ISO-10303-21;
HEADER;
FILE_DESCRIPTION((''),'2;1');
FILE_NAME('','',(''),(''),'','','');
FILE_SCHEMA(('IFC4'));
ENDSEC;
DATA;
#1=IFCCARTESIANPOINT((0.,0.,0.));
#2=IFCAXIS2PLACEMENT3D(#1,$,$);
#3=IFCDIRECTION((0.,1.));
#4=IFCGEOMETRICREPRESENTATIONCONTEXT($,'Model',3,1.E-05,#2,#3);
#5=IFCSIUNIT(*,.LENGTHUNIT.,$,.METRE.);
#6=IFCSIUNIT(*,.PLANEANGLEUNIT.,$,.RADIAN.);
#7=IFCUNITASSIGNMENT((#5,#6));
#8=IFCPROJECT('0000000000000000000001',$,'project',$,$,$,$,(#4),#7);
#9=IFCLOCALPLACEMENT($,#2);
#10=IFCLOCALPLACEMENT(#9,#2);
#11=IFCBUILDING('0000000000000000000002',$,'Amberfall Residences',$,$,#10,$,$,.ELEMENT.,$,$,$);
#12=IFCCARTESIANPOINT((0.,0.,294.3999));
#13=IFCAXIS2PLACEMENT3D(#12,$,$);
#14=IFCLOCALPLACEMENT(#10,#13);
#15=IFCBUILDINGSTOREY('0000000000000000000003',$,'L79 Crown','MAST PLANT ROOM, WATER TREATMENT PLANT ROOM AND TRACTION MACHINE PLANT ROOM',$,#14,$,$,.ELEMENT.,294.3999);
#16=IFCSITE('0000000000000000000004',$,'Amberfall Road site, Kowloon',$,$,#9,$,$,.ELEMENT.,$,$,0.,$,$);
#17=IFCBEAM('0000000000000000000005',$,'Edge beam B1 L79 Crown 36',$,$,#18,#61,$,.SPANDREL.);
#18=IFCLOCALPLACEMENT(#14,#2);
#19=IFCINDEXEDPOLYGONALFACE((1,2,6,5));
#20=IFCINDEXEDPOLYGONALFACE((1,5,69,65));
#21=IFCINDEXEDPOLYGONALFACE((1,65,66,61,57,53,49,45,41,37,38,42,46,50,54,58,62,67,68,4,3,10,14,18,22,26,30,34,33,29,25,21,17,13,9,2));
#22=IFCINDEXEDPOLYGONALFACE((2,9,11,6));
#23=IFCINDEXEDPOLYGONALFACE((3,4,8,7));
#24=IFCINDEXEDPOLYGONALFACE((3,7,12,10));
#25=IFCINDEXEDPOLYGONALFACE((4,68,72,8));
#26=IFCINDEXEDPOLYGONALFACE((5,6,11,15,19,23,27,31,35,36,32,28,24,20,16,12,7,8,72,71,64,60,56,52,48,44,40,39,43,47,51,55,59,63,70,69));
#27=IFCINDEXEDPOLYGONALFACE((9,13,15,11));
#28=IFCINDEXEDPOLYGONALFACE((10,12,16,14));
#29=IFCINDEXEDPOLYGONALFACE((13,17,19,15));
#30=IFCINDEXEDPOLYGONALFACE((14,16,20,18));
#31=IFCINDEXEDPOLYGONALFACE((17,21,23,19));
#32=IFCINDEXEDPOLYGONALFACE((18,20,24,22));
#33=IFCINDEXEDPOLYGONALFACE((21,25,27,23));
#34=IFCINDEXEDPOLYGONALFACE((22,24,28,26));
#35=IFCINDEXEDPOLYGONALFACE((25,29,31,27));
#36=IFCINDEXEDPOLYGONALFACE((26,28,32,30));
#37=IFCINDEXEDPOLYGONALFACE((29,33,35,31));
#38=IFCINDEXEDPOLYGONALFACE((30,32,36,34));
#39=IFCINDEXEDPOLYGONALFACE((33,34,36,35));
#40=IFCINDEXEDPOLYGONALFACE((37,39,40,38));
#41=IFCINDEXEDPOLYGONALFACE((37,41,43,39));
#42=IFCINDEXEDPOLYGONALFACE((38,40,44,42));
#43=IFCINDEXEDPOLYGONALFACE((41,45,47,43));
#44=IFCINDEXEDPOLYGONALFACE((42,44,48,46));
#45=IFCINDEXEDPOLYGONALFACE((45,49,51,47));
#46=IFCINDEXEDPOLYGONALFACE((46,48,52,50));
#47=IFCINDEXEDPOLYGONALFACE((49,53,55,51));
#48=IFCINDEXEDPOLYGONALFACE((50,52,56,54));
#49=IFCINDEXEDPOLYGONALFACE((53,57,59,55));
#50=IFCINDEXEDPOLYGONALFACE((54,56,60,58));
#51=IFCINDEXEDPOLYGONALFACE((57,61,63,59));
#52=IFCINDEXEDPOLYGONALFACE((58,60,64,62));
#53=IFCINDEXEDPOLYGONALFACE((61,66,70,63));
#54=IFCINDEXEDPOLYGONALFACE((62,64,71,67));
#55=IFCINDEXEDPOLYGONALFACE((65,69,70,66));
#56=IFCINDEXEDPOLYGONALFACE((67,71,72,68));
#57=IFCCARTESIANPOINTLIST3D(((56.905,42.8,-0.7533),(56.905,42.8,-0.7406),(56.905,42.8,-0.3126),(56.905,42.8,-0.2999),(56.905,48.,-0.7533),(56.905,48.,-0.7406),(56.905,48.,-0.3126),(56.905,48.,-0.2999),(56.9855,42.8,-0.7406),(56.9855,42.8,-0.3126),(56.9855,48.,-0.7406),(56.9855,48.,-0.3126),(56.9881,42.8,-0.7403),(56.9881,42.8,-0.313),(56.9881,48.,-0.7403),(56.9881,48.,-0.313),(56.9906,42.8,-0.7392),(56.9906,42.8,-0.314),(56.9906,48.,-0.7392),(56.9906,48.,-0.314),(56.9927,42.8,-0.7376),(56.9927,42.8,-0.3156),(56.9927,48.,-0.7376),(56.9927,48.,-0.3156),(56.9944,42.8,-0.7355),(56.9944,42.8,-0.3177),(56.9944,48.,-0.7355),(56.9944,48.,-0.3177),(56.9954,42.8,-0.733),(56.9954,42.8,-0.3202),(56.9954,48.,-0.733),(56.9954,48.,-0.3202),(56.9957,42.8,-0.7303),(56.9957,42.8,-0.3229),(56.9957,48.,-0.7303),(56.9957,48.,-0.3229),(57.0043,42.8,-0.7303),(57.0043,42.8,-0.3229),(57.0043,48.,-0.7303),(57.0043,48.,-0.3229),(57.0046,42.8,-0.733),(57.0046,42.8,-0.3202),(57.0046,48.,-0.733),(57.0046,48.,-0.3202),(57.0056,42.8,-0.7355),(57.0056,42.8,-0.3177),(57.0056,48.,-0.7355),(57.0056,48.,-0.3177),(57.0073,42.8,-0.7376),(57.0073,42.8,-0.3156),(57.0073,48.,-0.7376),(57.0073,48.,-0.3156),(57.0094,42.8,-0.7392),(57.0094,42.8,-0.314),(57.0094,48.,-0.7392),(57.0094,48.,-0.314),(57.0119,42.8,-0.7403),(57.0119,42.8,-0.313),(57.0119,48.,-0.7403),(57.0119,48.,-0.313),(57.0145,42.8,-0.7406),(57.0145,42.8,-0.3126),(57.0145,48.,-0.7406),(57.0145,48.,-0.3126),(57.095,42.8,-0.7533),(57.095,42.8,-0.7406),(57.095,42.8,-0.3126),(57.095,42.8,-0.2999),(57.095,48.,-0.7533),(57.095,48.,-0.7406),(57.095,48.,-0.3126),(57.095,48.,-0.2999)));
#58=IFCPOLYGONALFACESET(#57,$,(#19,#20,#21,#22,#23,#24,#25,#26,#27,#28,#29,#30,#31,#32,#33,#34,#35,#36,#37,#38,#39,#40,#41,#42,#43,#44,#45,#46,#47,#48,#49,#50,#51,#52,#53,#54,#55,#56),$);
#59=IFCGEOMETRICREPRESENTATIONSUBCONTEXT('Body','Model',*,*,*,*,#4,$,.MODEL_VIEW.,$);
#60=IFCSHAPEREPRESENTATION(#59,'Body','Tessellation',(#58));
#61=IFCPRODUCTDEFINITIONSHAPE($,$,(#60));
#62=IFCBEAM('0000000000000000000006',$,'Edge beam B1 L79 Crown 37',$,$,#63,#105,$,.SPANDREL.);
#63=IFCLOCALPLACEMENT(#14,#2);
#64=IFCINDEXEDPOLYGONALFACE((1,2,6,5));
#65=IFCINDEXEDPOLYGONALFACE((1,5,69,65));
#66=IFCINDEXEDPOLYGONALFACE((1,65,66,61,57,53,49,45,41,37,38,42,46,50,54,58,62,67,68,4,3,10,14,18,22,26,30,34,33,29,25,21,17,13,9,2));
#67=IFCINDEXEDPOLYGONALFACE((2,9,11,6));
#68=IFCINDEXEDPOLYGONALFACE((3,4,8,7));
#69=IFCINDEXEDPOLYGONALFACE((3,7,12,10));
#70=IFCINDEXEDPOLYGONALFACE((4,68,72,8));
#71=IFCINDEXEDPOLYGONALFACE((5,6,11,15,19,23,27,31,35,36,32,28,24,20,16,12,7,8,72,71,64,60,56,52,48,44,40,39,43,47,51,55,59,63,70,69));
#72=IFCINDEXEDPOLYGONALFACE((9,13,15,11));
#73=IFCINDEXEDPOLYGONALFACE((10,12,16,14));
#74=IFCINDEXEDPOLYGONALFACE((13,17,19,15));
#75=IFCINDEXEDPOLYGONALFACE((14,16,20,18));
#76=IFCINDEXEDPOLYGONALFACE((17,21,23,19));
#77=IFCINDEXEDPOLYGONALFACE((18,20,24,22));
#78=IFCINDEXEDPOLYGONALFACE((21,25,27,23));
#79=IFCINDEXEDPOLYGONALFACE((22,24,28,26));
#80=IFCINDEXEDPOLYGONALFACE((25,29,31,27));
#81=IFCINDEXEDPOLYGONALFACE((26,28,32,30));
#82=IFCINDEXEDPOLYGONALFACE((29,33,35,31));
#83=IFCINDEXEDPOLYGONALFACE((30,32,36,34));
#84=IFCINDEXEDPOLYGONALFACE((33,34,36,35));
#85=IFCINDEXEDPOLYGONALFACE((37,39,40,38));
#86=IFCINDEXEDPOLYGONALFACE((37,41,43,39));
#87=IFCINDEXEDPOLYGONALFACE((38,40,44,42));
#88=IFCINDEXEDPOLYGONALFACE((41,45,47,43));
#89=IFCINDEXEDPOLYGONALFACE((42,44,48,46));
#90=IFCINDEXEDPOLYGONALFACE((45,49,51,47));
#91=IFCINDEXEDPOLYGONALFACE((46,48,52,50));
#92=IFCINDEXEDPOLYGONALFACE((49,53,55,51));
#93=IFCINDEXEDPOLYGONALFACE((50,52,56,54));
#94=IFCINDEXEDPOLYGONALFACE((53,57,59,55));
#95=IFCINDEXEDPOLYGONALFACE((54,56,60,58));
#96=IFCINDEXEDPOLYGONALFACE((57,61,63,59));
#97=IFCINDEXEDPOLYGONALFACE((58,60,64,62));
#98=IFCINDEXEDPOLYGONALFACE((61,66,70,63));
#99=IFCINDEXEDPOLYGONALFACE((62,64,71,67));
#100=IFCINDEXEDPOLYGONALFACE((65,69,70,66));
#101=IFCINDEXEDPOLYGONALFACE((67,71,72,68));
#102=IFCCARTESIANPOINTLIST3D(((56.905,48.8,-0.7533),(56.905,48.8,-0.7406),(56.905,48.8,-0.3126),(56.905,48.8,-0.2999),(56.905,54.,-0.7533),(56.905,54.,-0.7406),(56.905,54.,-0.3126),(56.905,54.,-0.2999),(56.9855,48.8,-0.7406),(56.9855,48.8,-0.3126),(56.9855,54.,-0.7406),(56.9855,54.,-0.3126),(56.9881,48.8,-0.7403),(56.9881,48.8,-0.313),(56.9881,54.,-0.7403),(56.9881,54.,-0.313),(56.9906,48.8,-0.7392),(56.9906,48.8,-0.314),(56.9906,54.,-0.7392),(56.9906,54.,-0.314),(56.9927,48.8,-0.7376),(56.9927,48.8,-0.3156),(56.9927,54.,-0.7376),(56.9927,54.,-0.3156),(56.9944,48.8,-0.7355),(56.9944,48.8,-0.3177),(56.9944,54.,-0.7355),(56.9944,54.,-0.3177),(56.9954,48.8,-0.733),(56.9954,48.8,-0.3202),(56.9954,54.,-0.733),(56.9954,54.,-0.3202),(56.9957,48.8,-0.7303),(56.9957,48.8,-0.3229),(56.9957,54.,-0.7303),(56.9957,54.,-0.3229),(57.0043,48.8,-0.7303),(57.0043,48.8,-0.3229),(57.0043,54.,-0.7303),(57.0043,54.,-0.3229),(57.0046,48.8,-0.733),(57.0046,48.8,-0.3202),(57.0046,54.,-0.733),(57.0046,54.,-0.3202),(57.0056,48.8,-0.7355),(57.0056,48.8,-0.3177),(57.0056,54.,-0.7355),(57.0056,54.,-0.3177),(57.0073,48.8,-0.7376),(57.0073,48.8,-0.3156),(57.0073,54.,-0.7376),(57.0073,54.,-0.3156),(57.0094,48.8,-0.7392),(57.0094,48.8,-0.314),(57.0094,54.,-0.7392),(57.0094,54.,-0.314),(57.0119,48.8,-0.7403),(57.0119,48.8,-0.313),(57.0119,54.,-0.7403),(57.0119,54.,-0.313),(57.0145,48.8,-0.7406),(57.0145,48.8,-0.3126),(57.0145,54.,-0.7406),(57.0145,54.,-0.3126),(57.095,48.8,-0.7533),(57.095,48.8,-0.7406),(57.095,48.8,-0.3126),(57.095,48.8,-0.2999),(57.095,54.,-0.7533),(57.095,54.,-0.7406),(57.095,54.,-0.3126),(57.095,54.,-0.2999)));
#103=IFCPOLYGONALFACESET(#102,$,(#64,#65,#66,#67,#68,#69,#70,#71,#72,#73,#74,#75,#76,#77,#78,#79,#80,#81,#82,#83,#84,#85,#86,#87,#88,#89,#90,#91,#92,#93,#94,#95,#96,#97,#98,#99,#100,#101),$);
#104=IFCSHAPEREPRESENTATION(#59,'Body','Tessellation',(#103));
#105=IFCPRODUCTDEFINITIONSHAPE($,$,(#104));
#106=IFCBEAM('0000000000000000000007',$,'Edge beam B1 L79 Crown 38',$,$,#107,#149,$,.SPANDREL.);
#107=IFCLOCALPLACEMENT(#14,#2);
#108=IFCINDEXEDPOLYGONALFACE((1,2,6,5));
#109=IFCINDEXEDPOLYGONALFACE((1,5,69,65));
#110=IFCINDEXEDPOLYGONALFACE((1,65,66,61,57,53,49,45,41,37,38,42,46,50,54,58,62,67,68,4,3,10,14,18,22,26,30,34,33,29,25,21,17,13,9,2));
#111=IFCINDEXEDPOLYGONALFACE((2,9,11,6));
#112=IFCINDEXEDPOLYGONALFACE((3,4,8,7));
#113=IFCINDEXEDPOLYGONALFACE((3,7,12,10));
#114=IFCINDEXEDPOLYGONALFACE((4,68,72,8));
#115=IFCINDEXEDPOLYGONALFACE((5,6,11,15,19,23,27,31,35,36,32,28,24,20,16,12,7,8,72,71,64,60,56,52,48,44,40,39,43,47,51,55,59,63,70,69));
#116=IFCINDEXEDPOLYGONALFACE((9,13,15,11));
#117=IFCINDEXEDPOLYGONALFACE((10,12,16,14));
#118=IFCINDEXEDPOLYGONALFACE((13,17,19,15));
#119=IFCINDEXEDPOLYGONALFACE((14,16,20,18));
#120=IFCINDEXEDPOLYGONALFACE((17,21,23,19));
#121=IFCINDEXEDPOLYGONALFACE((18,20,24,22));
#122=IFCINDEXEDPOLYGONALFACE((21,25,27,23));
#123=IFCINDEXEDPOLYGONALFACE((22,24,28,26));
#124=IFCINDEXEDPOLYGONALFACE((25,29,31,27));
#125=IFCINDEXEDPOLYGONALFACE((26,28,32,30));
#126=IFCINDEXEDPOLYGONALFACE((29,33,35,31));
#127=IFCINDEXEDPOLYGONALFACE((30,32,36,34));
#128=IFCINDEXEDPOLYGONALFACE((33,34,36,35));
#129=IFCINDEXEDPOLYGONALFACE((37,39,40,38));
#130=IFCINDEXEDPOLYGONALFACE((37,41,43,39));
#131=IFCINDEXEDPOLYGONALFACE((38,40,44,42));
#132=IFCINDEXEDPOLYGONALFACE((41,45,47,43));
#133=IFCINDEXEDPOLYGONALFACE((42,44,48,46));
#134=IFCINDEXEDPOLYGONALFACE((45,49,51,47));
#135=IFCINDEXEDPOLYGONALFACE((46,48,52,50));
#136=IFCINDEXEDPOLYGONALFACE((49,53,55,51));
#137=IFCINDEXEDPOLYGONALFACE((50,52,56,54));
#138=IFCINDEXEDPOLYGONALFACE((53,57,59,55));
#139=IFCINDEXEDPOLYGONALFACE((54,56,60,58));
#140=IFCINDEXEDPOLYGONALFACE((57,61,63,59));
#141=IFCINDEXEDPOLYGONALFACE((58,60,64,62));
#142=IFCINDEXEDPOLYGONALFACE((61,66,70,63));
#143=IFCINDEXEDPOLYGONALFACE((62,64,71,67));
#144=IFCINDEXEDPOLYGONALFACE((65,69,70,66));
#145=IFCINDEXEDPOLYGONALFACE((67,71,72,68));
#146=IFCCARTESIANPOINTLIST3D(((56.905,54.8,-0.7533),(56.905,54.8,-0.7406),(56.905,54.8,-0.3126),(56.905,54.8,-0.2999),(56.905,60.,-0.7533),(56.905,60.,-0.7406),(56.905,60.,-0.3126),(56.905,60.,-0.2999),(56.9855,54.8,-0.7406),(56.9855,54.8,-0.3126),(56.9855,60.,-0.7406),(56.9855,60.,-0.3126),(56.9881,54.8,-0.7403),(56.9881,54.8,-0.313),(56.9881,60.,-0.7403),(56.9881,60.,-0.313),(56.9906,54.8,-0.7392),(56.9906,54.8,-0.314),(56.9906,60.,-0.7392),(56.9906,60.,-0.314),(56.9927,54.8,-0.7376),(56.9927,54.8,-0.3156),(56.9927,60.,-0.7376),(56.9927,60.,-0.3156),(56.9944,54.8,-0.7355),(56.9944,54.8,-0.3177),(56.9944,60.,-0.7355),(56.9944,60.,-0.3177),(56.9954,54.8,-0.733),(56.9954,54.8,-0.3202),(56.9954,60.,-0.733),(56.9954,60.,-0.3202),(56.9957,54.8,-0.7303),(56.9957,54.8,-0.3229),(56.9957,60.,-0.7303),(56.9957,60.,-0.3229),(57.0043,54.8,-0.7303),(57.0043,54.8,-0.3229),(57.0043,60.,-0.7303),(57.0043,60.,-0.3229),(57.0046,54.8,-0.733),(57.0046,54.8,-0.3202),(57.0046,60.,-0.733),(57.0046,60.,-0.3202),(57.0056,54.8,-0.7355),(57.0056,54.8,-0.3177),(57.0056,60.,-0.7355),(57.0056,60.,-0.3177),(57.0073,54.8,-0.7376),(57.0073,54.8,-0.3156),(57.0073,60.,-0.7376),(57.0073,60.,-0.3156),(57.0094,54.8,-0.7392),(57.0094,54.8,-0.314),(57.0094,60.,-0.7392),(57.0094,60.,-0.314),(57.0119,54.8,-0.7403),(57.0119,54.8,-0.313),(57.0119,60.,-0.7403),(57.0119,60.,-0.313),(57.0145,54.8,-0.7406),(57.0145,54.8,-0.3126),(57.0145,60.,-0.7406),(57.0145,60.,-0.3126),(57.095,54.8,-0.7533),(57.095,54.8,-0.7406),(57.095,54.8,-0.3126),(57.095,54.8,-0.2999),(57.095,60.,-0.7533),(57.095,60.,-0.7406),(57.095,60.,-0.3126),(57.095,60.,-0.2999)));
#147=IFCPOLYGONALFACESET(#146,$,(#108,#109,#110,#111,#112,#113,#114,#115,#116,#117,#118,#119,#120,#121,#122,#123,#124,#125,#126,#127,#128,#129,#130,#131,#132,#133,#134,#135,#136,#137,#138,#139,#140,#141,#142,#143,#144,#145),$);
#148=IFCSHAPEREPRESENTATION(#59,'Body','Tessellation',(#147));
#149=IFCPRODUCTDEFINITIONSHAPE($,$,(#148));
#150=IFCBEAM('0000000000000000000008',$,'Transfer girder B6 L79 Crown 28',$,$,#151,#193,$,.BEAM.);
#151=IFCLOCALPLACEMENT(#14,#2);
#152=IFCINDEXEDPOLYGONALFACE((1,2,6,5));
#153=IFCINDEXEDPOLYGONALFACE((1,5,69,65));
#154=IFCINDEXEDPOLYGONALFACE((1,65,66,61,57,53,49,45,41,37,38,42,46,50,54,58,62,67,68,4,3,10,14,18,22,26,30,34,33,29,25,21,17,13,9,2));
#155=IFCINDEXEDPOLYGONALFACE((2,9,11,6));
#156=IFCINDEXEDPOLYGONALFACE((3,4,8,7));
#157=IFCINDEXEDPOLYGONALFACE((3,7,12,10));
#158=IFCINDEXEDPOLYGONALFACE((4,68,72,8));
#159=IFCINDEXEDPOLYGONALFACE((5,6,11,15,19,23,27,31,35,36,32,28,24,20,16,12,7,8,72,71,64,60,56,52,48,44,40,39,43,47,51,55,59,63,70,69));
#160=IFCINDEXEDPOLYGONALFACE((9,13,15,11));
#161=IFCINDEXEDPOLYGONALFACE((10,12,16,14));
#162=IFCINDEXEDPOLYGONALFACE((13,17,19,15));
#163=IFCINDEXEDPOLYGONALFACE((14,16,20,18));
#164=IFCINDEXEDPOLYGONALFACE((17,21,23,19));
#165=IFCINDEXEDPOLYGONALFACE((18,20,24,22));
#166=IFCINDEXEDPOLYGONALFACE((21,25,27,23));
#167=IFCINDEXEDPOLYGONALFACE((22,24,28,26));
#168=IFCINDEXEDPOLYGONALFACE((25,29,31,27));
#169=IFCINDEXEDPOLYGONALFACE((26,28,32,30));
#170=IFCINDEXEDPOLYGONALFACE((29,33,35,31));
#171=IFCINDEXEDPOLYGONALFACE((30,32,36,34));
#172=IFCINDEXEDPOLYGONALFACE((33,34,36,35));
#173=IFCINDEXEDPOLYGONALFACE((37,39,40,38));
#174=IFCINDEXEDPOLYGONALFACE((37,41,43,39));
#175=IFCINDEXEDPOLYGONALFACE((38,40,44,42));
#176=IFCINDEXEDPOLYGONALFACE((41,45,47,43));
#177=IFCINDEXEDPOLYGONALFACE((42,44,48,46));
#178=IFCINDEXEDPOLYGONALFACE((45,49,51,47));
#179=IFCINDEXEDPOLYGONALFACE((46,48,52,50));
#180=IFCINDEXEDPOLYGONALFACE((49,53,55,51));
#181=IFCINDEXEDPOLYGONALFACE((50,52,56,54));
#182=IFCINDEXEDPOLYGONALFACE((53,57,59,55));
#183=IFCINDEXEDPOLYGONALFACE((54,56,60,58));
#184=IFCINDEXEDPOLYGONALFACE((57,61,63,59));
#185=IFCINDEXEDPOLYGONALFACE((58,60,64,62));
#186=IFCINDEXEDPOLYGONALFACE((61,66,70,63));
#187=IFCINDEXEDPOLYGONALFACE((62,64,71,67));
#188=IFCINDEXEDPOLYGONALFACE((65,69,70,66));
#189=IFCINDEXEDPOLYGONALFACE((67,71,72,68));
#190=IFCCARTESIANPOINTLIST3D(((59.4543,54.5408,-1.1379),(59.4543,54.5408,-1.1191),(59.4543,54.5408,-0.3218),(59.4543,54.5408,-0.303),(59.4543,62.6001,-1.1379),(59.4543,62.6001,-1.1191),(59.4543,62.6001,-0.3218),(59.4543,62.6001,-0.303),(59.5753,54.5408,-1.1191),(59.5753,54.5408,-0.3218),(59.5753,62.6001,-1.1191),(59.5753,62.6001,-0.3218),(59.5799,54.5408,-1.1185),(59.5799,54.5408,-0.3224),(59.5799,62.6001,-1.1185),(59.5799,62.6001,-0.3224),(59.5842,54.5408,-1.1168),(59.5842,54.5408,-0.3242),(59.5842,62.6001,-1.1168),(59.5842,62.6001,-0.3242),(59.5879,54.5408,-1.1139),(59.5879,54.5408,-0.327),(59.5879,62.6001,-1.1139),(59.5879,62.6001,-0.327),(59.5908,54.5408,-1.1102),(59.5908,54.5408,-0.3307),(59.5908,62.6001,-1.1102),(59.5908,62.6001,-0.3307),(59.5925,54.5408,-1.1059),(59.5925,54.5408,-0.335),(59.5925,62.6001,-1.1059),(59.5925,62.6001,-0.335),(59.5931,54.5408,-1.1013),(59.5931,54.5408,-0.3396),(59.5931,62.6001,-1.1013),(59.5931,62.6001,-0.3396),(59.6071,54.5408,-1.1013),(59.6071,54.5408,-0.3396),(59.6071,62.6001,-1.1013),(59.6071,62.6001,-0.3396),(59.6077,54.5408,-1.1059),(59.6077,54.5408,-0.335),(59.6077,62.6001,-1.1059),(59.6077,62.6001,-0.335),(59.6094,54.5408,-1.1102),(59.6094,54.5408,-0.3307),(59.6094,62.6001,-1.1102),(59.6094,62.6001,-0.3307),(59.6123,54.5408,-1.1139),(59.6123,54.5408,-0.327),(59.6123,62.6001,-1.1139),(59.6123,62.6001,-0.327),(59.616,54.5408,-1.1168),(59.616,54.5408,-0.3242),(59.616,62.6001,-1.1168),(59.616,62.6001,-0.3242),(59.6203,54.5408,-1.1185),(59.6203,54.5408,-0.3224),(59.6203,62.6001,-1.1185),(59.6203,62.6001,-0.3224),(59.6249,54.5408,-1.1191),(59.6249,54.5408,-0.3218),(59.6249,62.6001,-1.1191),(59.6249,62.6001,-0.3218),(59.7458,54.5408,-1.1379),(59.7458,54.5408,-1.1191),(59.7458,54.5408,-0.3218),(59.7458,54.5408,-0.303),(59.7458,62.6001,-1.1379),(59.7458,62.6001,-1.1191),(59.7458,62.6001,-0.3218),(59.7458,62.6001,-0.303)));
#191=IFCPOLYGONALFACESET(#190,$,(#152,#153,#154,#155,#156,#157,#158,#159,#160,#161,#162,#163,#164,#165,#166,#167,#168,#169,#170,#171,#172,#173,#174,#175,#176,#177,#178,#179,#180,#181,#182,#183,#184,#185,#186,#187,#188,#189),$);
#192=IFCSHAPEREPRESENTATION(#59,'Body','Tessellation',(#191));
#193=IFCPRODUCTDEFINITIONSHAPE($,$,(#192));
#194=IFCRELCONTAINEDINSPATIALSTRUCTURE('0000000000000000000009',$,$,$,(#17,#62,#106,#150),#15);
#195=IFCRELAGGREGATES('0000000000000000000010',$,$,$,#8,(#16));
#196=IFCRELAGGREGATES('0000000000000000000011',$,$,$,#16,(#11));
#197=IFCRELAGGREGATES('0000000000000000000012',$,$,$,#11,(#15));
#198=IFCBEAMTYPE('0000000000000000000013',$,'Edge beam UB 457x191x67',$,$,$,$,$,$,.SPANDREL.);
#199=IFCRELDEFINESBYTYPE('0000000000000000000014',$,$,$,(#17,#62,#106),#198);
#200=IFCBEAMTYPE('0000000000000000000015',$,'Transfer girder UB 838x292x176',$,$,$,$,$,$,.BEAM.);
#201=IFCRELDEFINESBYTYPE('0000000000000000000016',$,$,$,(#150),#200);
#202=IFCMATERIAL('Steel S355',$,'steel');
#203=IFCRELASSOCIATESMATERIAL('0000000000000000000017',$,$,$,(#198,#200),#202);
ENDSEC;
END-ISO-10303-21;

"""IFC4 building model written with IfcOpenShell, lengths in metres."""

from ifc_helpers import new_model, si_unit, direction, frame, origin, origin_2d, place, context, subcontext, project, spatial, i_section, extrude, material, material_profile, profile_set, type_object, element, save


model = new_model("IFC4")

# Units and contexts
model_context = context("Model", 3, precision=1e-05, world=origin(), true_north=direction((0.0, 1.0)))
body_context = subcontext(model_context, "Body", "Model", "MODEL_VIEW")
ifc_project = project(units=[si_unit("LENGTHUNIT", "METRE"), si_unit("PLANEANGLEUNIT", "RADIAN")], contexts=[model_context])

# Site, building, storey
site_placement = place(None, origin())
site = spatial("IfcSite", under=ifc_project, at=site_placement, Name="Amberfall Road site, Kowloon", CompositionType="ELEMENT", RefElevation=0.0)
building_placement = place(site_placement, origin())
building = spatial("IfcBuilding", under=site, at=building_placement, Name="Amberfall Residences", CompositionType="ELEMENT")
storey_placement = place(building_placement, frame((0.0, 0.0, 294.3999)))
storey = spatial("IfcBuildingStorey", under=building, at=storey_placement, Name="L79 Crown", Description="MAST PLANT ROOM, WATER TREATMENT PLANT ROOM AND TRACTION MACHINE PLANT ROOM", CompositionType="ELEMENT", Elevation=294.3999)

# Beams
ifc_material_1 = material(Name="Steel S355", Category="steel")
ifc_material_profile_1 = material_profile(ifc_material_1, i_section(OverallWidth=0.1899, OverallDepth=0.4534, WebThickness=0.0085, FlangeThickness=0.0127, FilletRadius=0.0103, at=origin_2d()), Name="UB 457x191x67")
ifc_profile_set_1 = profile_set([ifc_material_profile_1], Name="Steel S355")
beam_type_1 = type_object("IfcBeamType", Name="Edge beam UB 457x191x67", PredefinedType="SPANDREL", material=ifc_profile_set_1)
for number, where, z_axis, x_axis, name in (
    (1, (57.0, 42.8, -0.5266), (0.0, 1.0, 0.0), (-1.0, 0.0, 0.0), "Edge beam B1 L79 Crown 36"),
    (2, (57.0, 48.8, -0.5266), (0.0, 1.0, 0.0), (-1.0, 0.0, 0.0), "Edge beam B1 L79 Crown 37"),
    (3, (57.0, 54.8, -0.5266), (0.0, 1.0, 0.0), (-1.0, 0.0, 0.0), "Edge beam B1 L79 Crown 38"),
):
    element("IfcBeam", number, at=place(storey_placement, frame(where, z_axis=z_axis, x_axis=x_axis)), inside=storey, type_object=beam_type_1, Name=name, PredefinedType="SPANDREL", context=body_context, shape_type="SweptSolid", body=[
        extrude(i_section(OverallWidth=0.1899, OverallDepth=0.4534, WebThickness=0.0085, FlangeThickness=0.0127, FilletRadius=0.0103, at=origin_2d()), origin(), (0.0, 0.0, 1.0), 5.2),
    ])
ifc_material_profile_2 = material_profile(ifc_material_1, i_section(OverallWidth=0.2915, OverallDepth=0.835, WebThickness=0.0139, FlangeThickness=0.0188, FilletRadius=0.0178, at=origin_2d()), Name="UB 838x292x176")
ifc_profile_set_2 = profile_set([ifc_material_profile_2], Name="Steel S355")
beam_type_2 = type_object("IfcBeamType", Name="Transfer girder UB 838x292x176", PredefinedType="BEAM", material=ifc_profile_set_2)
beam_1_placement = place(storey_placement, frame((59.6001, 62.6001, -0.7205), z_axis=(0.0, -1.0, 0.0), x_axis=(1.0, 0.0, 0.0)))
element("IfcBeam", 4, at=beam_1_placement, inside=storey, type_object=beam_type_2, Name="Transfer girder B6 L79 Crown 28", PredefinedType="BEAM", context=body_context, shape_type="SweptSolid", body=[
    extrude(i_section(OverallWidth=0.2915, OverallDepth=0.835, WebThickness=0.0139, FlangeThickness=0.0188, FilletRadius=0.0178, at=origin_2d()), origin(), (0.0, 0.0, 1.0), 8.0593),
])

save(model, "model.ifc")
